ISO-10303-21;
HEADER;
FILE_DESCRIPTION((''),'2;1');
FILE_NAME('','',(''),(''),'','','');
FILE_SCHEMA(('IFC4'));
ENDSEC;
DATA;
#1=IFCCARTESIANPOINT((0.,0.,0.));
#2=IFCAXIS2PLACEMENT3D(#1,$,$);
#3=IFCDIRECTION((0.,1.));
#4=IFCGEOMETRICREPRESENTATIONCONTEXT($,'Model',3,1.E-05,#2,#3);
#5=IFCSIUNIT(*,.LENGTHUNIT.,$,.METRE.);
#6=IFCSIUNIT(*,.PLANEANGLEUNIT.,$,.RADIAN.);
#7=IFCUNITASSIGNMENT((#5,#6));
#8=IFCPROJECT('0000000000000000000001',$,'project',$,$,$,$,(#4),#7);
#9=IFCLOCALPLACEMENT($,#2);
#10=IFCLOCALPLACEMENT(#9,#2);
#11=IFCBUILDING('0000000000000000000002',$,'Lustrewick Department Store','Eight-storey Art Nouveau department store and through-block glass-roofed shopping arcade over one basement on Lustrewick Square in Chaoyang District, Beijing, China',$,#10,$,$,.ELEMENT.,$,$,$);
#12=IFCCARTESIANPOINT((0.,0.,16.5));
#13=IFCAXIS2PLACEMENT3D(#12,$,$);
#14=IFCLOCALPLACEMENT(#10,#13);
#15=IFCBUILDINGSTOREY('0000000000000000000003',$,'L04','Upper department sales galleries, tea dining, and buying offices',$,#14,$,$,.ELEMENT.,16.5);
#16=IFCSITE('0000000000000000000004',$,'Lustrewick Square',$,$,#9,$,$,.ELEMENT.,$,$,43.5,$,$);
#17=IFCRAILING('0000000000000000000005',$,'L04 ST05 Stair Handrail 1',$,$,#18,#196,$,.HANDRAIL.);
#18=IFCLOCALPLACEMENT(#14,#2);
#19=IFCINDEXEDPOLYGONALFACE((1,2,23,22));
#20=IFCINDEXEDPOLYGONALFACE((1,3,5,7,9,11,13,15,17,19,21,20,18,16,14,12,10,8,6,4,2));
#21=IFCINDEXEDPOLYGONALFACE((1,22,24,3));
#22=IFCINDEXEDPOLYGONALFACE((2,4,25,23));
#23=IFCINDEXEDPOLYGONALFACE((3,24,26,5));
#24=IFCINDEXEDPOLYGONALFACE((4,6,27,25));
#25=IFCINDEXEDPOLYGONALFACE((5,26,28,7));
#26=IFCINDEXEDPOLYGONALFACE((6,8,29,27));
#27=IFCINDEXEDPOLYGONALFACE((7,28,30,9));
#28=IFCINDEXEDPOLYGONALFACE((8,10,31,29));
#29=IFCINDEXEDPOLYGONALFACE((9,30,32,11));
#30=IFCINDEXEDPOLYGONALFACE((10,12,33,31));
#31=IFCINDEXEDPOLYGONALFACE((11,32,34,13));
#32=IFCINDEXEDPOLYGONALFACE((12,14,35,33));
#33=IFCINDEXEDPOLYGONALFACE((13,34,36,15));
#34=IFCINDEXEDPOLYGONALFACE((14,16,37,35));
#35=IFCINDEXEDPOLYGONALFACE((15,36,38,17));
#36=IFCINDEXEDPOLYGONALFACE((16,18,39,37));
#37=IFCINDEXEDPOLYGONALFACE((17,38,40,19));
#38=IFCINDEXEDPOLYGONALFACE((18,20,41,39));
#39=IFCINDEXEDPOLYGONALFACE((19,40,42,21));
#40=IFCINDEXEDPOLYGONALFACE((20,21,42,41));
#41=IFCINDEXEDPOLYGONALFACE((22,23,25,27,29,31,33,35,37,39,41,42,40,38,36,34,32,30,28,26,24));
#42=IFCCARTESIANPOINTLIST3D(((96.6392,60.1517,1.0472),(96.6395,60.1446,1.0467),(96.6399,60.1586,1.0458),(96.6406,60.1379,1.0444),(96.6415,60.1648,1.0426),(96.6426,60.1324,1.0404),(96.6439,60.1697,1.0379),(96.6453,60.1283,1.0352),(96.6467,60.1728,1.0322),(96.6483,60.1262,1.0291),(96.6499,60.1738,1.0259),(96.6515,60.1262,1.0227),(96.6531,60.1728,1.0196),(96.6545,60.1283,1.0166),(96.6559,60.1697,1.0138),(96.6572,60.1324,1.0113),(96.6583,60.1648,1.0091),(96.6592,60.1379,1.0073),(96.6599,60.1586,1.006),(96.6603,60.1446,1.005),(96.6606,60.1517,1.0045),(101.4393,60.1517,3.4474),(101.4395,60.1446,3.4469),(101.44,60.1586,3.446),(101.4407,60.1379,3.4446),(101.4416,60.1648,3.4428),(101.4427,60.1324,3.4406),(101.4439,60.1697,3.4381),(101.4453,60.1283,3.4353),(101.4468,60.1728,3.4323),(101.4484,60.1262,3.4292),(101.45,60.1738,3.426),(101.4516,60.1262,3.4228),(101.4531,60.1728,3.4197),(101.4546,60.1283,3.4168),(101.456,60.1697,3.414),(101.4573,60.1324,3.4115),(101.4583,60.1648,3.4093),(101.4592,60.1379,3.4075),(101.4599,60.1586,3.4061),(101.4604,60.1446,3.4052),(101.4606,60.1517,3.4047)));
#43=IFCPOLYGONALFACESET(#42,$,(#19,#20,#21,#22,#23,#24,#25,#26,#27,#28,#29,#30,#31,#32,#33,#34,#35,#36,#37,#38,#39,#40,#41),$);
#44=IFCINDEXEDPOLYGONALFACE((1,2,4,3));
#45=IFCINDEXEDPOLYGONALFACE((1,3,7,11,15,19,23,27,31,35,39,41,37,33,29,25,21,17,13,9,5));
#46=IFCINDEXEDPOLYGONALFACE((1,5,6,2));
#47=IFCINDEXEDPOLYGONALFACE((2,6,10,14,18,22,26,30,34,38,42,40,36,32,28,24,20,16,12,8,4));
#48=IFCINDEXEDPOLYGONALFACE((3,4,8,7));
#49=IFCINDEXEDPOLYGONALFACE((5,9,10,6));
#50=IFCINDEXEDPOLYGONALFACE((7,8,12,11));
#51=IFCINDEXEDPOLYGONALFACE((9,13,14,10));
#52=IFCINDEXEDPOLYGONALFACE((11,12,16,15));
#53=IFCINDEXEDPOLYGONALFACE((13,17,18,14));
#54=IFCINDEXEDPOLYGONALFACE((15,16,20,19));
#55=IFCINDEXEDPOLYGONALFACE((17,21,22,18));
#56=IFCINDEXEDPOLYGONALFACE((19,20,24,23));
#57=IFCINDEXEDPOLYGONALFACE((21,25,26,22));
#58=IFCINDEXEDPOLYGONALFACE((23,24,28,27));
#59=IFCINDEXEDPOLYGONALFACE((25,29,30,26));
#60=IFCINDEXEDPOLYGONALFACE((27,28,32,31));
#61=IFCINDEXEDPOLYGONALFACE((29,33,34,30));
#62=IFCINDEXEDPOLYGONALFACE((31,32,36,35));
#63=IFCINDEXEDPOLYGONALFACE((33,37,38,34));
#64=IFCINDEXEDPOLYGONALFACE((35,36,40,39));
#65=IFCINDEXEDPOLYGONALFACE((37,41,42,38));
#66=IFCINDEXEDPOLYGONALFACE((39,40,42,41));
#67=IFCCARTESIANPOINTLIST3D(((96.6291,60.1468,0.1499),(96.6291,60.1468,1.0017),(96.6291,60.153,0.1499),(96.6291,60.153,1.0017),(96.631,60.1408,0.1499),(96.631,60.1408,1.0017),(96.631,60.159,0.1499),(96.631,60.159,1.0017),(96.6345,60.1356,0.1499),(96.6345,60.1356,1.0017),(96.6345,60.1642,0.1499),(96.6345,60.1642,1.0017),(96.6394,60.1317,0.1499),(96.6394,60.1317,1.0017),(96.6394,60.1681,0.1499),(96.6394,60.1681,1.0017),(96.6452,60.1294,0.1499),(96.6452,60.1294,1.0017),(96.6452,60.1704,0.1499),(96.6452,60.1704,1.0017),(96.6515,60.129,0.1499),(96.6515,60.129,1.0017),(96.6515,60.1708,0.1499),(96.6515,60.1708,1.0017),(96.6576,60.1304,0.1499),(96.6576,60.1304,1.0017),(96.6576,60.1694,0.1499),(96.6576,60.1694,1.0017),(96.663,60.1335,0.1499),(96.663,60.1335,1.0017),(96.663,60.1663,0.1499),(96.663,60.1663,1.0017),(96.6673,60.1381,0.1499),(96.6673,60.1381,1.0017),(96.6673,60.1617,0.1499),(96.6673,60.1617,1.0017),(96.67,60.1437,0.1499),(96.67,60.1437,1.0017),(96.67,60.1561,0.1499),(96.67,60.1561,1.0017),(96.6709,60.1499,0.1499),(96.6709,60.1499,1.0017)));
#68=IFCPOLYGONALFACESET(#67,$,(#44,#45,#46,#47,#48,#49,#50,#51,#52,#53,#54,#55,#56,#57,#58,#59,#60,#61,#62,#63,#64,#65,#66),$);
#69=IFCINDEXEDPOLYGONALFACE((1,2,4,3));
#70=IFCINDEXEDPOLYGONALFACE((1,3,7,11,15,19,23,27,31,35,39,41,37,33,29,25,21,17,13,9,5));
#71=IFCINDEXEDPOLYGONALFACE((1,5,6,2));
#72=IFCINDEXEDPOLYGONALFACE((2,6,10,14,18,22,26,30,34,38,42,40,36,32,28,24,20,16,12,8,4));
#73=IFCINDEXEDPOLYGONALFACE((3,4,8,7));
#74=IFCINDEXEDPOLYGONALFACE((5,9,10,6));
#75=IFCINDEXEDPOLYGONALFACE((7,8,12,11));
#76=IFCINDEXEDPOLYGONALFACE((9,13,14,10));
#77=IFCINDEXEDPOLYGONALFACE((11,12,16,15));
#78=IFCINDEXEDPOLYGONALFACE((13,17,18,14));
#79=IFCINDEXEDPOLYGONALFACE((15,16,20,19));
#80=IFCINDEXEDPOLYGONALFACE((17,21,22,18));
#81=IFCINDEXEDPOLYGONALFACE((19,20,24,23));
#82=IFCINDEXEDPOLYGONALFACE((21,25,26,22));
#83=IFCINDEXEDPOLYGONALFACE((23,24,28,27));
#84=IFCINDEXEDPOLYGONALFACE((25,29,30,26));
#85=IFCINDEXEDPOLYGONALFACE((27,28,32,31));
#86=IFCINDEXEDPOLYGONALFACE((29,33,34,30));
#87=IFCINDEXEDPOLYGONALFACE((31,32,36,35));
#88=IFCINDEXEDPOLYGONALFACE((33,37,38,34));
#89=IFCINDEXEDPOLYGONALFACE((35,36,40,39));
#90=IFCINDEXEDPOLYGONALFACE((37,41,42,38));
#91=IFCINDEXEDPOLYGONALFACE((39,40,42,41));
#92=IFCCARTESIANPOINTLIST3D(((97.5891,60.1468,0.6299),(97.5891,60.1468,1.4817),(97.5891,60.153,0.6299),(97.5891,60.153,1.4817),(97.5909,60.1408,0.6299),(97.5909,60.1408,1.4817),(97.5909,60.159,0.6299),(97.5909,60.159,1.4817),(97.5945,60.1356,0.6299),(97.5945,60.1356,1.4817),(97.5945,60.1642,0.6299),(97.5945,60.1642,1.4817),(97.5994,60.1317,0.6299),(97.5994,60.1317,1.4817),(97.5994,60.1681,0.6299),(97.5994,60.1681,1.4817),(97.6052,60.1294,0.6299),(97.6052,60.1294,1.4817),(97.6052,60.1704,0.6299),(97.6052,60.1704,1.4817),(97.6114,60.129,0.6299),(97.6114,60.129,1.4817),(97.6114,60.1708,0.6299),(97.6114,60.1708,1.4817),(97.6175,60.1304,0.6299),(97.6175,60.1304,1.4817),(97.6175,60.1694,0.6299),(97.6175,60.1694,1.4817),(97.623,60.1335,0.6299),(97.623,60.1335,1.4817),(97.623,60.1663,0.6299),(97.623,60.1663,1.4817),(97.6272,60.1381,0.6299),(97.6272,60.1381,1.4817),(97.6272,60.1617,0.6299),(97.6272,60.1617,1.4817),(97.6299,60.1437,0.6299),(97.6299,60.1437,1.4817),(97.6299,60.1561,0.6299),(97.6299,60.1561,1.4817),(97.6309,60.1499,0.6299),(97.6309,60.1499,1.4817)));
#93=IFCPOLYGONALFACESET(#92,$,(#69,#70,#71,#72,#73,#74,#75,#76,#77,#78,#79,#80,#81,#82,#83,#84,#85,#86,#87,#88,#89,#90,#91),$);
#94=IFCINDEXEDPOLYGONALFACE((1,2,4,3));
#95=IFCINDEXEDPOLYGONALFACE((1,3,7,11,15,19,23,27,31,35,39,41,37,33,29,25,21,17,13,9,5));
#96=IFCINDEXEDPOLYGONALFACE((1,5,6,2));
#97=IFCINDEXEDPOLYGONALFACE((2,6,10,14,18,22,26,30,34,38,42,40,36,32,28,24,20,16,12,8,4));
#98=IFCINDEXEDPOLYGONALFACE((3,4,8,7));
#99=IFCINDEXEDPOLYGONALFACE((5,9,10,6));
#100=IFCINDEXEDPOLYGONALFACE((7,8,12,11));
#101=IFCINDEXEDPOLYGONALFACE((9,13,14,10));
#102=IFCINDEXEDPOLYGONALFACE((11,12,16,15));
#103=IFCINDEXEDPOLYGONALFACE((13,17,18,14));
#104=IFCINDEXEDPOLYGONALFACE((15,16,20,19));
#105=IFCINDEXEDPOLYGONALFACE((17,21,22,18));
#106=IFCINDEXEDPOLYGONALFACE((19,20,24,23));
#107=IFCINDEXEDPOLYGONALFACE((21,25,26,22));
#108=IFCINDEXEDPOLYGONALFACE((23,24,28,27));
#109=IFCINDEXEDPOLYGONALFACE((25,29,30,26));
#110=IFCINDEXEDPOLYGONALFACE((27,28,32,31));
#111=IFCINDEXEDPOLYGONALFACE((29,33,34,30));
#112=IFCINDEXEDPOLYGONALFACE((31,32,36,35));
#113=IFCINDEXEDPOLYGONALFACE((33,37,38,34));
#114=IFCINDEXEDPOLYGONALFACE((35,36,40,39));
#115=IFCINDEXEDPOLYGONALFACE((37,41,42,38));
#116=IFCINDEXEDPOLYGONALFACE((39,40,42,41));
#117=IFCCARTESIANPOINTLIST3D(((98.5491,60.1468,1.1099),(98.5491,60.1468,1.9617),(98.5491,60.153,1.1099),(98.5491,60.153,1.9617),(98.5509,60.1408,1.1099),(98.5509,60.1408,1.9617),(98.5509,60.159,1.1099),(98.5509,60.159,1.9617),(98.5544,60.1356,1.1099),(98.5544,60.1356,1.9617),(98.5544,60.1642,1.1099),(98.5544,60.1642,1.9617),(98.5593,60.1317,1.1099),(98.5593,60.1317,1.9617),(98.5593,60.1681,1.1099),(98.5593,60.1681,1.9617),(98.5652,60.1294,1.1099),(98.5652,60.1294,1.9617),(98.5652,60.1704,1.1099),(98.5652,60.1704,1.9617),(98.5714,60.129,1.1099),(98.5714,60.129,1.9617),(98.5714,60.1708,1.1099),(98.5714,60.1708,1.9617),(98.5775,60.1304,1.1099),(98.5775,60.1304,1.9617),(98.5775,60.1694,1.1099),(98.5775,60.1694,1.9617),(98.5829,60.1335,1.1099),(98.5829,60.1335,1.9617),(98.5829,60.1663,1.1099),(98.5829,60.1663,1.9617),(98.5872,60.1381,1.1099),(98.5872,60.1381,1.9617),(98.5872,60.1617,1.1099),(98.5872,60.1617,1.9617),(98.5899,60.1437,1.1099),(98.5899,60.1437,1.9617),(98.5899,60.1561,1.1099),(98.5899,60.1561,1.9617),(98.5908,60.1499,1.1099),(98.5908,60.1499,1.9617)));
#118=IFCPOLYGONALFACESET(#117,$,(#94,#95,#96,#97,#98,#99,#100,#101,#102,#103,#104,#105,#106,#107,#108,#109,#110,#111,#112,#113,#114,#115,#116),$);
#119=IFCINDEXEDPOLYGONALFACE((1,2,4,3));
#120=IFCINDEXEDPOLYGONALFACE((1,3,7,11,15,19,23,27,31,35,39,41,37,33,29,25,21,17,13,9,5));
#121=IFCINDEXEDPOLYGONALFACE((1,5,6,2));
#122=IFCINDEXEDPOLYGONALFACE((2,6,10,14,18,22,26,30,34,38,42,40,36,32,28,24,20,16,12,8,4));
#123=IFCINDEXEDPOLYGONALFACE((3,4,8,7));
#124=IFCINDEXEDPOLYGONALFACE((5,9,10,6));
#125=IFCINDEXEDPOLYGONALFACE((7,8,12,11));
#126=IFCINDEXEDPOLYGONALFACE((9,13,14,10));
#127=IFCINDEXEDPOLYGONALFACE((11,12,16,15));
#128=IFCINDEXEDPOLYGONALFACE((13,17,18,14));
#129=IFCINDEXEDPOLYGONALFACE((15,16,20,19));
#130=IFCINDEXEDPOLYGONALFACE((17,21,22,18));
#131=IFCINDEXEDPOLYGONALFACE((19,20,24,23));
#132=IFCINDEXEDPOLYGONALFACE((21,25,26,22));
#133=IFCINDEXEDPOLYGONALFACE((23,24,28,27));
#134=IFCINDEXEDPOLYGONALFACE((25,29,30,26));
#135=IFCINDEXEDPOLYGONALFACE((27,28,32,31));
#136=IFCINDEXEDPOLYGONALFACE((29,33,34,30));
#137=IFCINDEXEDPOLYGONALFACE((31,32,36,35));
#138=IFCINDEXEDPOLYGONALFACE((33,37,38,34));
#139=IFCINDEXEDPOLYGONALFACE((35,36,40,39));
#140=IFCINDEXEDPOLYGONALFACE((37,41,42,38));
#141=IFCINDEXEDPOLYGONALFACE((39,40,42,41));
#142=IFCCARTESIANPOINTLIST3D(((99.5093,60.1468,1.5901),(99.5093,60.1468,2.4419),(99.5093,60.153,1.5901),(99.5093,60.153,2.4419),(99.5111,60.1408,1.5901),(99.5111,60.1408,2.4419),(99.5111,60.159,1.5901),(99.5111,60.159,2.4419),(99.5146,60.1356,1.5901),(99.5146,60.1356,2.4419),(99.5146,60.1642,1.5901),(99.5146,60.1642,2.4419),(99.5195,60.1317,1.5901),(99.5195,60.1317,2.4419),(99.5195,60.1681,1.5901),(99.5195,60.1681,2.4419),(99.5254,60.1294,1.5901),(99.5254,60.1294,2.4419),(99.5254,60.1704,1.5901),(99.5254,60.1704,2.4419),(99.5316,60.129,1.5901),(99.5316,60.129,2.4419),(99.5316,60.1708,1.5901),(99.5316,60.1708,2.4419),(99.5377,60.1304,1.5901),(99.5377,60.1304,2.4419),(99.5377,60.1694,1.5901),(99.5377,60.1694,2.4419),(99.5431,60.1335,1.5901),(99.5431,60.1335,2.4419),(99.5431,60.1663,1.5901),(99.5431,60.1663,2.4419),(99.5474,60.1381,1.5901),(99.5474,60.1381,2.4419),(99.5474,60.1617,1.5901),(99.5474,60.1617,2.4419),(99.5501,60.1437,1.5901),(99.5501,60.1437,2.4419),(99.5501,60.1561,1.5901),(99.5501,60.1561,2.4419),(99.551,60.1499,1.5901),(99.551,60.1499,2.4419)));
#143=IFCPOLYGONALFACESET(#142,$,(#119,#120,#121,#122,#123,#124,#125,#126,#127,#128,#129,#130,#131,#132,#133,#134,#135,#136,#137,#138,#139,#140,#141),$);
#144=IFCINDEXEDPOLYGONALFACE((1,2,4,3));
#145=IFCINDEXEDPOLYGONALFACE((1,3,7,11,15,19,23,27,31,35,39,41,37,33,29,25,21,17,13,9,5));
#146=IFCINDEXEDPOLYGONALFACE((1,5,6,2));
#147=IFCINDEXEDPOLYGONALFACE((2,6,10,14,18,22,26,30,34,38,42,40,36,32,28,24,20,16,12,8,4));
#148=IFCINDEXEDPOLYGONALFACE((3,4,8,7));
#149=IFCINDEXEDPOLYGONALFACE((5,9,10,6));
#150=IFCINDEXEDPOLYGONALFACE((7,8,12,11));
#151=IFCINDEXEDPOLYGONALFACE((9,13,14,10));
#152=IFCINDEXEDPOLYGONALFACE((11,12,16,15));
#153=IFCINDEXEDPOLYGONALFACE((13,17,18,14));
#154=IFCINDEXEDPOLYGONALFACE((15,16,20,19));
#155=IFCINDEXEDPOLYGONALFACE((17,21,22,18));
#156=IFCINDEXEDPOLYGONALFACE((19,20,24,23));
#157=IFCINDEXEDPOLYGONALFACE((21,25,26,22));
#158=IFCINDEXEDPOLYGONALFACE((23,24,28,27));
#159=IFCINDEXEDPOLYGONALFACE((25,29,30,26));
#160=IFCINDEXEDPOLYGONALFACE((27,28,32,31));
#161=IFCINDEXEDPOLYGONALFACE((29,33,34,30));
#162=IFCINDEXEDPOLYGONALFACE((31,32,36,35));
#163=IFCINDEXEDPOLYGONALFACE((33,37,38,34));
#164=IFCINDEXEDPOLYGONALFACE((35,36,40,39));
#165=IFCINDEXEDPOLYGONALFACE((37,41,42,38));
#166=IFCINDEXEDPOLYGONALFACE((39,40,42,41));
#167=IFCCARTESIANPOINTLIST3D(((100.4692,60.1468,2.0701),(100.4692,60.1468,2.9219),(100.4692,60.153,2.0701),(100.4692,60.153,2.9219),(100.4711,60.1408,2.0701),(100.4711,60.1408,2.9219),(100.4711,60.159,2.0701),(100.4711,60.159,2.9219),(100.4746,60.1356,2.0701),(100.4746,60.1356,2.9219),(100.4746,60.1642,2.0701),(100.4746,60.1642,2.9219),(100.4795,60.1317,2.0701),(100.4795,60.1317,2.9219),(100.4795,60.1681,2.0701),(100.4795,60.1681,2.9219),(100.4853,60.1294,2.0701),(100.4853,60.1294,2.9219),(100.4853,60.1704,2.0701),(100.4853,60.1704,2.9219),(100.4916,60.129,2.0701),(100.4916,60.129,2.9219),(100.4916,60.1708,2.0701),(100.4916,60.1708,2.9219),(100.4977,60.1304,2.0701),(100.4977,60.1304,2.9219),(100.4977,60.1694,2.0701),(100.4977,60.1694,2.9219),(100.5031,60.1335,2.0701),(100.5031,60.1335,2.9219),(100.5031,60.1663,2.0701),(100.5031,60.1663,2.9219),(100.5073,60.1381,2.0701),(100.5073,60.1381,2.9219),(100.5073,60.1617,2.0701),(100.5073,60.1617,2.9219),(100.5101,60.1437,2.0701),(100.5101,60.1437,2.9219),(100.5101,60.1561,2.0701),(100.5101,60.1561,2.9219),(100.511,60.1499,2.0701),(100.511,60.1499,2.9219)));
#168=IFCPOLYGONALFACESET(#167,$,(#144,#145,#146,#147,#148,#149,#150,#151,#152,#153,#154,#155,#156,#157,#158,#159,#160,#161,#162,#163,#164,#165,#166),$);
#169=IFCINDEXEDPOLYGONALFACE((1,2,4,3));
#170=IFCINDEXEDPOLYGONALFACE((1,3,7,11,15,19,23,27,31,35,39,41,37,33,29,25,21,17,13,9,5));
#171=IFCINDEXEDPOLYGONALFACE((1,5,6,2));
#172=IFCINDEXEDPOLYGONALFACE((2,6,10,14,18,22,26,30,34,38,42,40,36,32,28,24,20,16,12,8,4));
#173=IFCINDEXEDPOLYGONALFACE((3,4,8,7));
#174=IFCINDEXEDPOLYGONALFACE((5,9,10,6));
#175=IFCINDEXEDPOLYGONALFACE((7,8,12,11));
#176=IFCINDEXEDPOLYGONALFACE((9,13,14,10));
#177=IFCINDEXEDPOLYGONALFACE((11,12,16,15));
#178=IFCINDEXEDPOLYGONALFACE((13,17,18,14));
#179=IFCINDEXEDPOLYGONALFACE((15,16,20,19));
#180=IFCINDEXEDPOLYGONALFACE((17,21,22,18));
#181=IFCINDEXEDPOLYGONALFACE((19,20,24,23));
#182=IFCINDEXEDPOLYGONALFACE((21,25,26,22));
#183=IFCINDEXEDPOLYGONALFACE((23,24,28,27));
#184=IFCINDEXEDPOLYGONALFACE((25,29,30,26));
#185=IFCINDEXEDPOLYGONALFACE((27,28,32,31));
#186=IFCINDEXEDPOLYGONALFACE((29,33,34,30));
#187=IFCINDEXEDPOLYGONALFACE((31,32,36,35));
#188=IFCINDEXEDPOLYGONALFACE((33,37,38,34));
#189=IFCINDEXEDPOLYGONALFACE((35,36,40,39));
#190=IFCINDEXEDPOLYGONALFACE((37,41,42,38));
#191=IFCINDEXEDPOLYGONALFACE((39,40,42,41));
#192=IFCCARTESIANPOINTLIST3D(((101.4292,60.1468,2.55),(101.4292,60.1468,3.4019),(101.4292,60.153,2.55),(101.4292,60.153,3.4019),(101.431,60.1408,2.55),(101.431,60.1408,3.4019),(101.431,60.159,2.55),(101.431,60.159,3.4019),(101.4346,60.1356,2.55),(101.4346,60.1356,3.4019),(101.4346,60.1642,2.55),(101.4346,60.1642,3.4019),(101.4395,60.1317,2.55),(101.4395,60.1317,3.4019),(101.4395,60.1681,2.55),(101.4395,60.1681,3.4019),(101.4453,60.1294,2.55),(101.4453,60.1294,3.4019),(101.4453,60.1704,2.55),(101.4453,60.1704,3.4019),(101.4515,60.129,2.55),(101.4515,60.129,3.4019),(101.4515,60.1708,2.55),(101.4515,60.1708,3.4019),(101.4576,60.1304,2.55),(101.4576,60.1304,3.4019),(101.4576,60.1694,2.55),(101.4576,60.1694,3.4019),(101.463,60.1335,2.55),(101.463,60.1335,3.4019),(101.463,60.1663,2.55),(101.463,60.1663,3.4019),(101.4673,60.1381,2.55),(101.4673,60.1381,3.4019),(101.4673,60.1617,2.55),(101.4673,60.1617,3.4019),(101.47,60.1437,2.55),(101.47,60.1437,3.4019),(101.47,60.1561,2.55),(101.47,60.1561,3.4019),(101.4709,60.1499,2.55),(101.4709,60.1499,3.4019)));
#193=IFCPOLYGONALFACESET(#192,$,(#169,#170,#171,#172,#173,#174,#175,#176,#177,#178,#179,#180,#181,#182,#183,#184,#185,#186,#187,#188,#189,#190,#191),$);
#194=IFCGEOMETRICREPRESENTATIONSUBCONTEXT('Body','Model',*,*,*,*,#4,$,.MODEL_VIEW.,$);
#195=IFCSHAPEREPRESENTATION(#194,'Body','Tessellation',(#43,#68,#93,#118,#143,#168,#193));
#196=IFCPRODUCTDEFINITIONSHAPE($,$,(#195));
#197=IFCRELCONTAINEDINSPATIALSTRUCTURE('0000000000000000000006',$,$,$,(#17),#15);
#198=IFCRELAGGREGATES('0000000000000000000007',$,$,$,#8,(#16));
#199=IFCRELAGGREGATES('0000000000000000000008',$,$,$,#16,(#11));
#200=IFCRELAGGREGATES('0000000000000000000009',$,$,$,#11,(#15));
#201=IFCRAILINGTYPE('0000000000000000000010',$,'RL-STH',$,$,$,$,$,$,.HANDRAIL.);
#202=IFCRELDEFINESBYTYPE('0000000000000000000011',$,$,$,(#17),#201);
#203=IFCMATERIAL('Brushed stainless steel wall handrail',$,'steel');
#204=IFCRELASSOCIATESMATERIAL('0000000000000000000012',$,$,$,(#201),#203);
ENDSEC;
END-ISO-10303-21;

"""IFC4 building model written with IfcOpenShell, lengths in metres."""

from ifc_helpers import new_model, si_unit, direction, frame, origin, origin_2d, place, context, subcontext, project, spatial, circle, extrude, material, type_object, element, save


model = new_model("IFC4")

# Units and contexts
model_context = context("Model", 3, precision=1e-05, world=origin(), true_north=direction((0.0, 1.0)))
body_context = subcontext(model_context, "Body", "Model", "MODEL_VIEW")
ifc_project = project(units=[si_unit("LENGTHUNIT", "METRE"), si_unit("PLANEANGLEUNIT", "RADIAN")], contexts=[model_context])

# Site, building, storey
site_placement = place(None, origin())
site = spatial("IfcSite", under=ifc_project, at=site_placement, Name="Lustrewick Square", CompositionType="ELEMENT", RefElevation=43.5)
building_placement = place(site_placement, origin())
building = spatial("IfcBuilding", under=site, at=building_placement, Name="Lustrewick Department Store", Description="Eight-storey Art Nouveau department store and through-block glass-roofed shopping arcade over one basement on Lustrewick Square in Chaoyang District, Beijing, China", CompositionType="ELEMENT")
storey_placement = place(building_placement, frame((0.0, 0.0, 16.5)))
storey = spatial("IfcBuildingStorey", under=building, at=storey_placement, Name="L04", Description="Upper department sales galleries, tea dining, and buying offices", CompositionType="ELEMENT", Elevation=16.5)

# Railing
ifc_material_1 = material(Name="Brushed stainless steel wall handrail", Category="steel")
railing_type_1 = type_object("IfcRailingType", Name="RL-STH", PredefinedType="HANDRAIL", material=ifc_material_1)
railing_1_placement = place(storey_placement, frame((96.6499, 60.1499, 0.1499)))
element("IfcRailing", 1, at=railing_1_placement, inside=storey, type_object=railing_type_1, Name="L04 ST05 Stair Handrail 1", PredefinedType="HANDRAIL", context=body_context, shape_type="SweptSolid", body=[
    extrude(circle(Radius=0.0239, at=origin_2d()), frame((0.0, 0.0, 0.876), z_axis=(0.894418, 0.0, 0.447232), x_axis=(0.0, 1.0, 0.0)), (0.0, 0.0, 1.0), 5.3667),
    extrude(circle(Radius=0.021, at=origin_2d()), origin(), (0.0, 0.0, 1.0), 0.8518),
    extrude(circle(Radius=0.021, at=origin_2d()), frame((0.96, 0.0, 0.48)), (0.0, 0.0, 1.0), 0.8518),
    extrude(circle(Radius=0.021, at=origin_2d()), frame((1.9199, 0.0, 0.96)), (0.0, 0.0, 1.0), 0.8518),
    extrude(circle(Radius=0.021, at=origin_2d()), frame((2.8801, 0.0, 1.4402)), (0.0, 0.0, 1.0), 0.8518),
    extrude(circle(Radius=0.021, at=origin_2d()), frame((3.8401, 0.0, 1.9202)), (0.0, 0.0, 1.0), 0.8518),
    extrude(circle(Radius=0.021, at=origin_2d()), frame((4.8, 0.0, 2.4001)), (0.0, 0.0, 1.0), 0.8518),
])

save(model, "model.ifc")
